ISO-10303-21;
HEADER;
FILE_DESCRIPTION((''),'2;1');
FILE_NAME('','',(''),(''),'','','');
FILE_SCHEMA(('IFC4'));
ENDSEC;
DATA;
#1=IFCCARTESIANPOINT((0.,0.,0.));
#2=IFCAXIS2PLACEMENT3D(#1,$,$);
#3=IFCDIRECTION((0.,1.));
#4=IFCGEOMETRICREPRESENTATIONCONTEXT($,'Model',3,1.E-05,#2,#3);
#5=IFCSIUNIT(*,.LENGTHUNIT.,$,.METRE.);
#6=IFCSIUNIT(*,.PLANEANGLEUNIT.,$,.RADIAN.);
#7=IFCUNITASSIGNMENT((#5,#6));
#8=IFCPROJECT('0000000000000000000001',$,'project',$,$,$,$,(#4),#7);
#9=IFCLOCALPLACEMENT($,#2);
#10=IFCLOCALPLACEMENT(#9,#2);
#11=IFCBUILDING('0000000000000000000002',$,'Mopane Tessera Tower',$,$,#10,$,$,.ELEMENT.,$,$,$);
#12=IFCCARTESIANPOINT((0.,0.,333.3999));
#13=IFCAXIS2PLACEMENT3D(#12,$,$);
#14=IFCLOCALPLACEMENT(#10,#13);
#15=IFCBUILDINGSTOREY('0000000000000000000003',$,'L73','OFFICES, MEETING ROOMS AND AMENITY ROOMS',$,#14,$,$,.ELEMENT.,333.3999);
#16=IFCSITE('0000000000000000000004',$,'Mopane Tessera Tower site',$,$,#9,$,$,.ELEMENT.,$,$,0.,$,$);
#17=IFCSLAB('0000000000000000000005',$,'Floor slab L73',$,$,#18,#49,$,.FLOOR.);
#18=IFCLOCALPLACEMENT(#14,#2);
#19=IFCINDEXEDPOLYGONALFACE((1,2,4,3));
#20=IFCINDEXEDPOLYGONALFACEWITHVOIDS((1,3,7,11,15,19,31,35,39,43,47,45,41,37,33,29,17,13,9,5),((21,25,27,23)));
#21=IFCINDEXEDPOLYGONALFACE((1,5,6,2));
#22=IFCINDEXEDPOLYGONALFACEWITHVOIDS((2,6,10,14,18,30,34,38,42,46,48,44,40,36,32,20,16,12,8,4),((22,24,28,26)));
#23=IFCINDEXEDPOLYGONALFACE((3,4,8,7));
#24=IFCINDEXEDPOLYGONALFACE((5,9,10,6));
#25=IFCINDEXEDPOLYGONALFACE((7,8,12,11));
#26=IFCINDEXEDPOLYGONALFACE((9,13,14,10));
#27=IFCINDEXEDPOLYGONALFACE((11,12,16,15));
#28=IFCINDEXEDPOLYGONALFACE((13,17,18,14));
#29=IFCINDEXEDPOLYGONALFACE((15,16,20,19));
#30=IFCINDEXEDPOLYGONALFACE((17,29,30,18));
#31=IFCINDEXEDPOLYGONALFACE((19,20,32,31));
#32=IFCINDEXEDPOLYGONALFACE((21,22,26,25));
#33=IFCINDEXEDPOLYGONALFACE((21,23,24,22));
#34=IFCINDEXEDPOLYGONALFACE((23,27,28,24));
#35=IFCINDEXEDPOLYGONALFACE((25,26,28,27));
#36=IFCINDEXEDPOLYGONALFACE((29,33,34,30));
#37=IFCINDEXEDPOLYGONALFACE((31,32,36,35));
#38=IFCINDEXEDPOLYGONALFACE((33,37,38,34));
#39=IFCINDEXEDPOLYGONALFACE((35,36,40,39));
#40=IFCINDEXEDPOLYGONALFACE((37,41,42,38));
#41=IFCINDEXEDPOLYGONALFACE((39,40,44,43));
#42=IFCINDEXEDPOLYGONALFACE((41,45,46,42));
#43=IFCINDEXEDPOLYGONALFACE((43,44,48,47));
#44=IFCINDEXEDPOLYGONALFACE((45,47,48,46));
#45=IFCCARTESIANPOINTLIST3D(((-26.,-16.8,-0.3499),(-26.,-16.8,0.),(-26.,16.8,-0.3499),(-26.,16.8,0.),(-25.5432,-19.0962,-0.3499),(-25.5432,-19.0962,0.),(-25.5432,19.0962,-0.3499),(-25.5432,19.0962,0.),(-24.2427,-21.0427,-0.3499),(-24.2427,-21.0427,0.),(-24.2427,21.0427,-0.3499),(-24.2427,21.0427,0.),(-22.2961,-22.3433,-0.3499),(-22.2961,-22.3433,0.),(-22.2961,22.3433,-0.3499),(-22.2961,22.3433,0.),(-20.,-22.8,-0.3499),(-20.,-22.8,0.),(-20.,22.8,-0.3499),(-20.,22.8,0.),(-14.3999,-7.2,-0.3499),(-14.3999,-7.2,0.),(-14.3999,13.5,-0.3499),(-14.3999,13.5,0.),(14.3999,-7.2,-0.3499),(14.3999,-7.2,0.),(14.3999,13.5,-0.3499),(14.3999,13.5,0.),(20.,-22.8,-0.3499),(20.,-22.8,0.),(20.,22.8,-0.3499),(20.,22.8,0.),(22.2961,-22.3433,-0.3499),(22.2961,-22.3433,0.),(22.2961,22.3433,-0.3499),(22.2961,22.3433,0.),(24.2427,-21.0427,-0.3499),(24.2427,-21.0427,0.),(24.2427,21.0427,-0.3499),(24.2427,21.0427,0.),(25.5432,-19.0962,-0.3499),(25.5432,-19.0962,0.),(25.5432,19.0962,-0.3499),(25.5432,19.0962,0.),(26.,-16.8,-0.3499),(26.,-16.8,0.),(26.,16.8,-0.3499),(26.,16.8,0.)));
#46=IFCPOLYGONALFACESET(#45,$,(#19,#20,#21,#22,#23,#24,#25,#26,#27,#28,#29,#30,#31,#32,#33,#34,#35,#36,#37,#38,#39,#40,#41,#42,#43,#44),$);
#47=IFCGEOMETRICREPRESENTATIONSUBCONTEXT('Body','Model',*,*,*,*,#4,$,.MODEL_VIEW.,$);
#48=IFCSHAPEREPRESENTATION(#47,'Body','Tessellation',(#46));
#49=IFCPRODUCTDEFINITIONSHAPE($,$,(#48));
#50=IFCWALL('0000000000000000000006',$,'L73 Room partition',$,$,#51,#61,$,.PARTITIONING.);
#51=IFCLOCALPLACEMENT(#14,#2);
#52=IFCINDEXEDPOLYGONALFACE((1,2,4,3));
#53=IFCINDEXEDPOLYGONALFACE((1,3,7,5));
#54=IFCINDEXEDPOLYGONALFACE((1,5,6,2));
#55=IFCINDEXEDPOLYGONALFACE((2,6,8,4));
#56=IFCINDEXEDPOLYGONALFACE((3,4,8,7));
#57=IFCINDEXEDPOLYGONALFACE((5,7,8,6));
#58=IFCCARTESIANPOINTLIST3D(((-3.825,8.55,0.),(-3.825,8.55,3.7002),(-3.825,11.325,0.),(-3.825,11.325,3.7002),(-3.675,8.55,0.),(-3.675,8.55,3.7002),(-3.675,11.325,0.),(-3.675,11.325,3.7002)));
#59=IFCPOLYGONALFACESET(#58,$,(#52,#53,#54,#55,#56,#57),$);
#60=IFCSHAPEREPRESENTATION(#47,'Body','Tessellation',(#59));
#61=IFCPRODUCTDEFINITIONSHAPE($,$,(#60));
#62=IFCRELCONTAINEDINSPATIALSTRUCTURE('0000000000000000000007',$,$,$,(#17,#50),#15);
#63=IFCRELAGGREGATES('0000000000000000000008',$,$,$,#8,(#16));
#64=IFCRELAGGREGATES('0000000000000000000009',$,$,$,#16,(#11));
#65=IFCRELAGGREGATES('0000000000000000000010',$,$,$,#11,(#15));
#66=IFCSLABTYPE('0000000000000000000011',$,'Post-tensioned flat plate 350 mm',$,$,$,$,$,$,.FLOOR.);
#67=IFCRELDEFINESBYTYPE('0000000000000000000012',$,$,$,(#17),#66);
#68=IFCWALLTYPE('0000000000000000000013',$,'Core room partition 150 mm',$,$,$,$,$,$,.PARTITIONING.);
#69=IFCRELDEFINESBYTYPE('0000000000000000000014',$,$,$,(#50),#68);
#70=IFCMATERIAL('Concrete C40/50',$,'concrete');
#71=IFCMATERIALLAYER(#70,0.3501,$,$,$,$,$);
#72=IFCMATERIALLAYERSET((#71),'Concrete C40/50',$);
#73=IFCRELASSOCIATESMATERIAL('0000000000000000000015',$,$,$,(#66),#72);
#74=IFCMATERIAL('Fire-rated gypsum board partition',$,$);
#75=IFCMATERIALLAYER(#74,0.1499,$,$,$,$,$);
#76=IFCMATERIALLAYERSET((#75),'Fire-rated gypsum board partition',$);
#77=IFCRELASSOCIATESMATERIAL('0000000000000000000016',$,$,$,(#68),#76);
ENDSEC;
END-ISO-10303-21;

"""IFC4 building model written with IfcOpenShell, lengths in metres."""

from ifc_helpers import new_model, si_unit, direction, frame, frame_2d, origin, place, context, subcontext, project, spatial, polyline, rectangle, outline, extrude, material, layer, layer_set, type_object, element, save


model = new_model("IFC4")

# Units and contexts
model_context = context("Model", 3, precision=1e-05, world=origin(), true_north=direction((0.0, 1.0)))
body_context = subcontext(model_context, "Body", "Model", "MODEL_VIEW")
ifc_project = project(units=[si_unit("LENGTHUNIT", "METRE"), si_unit("PLANEANGLEUNIT", "RADIAN")], contexts=[model_context])

# Site, building, storey
site_placement = place(None, origin())
site = spatial("IfcSite", under=ifc_project, at=site_placement, Name="Mopane Tessera Tower site", CompositionType="ELEMENT", RefElevation=0.0)
building_placement = place(site_placement, origin())
building = spatial("IfcBuilding", under=site, at=building_placement, Name="Mopane Tessera Tower", CompositionType="ELEMENT")
storey_placement = place(building_placement, frame((0.0, 0.0, 333.3999)))
storey = spatial("IfcBuildingStorey", under=building, at=storey_placement, Name="L73", Description="OFFICES, MEETING ROOMS AND AMENITY ROOMS", CompositionType="ELEMENT", Elevation=333.3999)

# Slab
ifc_material_1 = material(Name="Concrete C40/50", Category="concrete")
ifc_layer_1 = layer(ifc_material_1, 0.3501)
ifc_layer_set_1 = layer_set([ifc_layer_1], Name="Concrete C40/50")
slab_type = type_object("IfcSlabType", Name="Post-tensioned flat plate 350 mm", PredefinedType="FLOOR", material=ifc_layer_set_1)
slab_placement = place(storey_placement, frame((0.0, 0.0, -0.3499)))
element("IfcSlab", 1, at=slab_placement, inside=storey, type_object=slab_type, Name="Floor slab L73", PredefinedType="FLOOR", context=body_context, shape_type="SweptSolid", body=[
    extrude(outline(polyline([(-20.0, -22.8), (20.0, -22.8), (22.2961, -22.3433), (24.2427, -21.0427), (25.5432, -19.0962), (26.0, -16.8), (26.0, 16.8), (25.5432, 19.0962), (24.2427, 21.0427), (22.2961, 22.3433), (20.0, 22.8), (-20.0, 22.8), (-22.2961, 22.3433), (-24.2427, 21.0427), (-25.5432, 19.0962), (-26.0, 16.8), (-26.0, -16.8), (-25.5432, -19.0962), (-24.2427, -21.0427), (-22.2961, -22.3433), (-20.0, -22.8)]), holes=[polyline([(14.3999, -7.2), (-14.3999, -7.2), (-14.3999, 13.5), (14.3999, 13.5), (14.3999, -7.2)])]), origin(), (0.0, 0.0, 1.0), 0.3499),
])

# Wall
ifc_material_2 = material(Name="Fire-rated gypsum board partition")
ifc_layer_2 = layer(ifc_material_2, 0.1499)
ifc_layer_set_2 = layer_set([ifc_layer_2], Name="Fire-rated gypsum board partition")
wall_type_1 = type_object("IfcWallType", Name="Core room partition 150 mm", PredefinedType="PARTITIONING", material=ifc_layer_set_2)
wall_1_placement = place(storey_placement, frame((-3.75, 8.55, 0.0), z_axis=(0.0, 0.0, 1.0), x_axis=(0.0, 1.0, 0.0)))
element("IfcWall", 2, at=wall_1_placement, inside=storey, type_object=wall_type_1, Name="L73 Room partition", PredefinedType="PARTITIONING", context=body_context, shape_type="SweptSolid", body=[
    extrude(rectangle(XDim=2.7749, YDim=0.1499, at=frame_2d((1.3875, 0.0))), origin(), (0.0, 0.0, 1.0), 3.7002),
])

save(model, "model.ifc")
